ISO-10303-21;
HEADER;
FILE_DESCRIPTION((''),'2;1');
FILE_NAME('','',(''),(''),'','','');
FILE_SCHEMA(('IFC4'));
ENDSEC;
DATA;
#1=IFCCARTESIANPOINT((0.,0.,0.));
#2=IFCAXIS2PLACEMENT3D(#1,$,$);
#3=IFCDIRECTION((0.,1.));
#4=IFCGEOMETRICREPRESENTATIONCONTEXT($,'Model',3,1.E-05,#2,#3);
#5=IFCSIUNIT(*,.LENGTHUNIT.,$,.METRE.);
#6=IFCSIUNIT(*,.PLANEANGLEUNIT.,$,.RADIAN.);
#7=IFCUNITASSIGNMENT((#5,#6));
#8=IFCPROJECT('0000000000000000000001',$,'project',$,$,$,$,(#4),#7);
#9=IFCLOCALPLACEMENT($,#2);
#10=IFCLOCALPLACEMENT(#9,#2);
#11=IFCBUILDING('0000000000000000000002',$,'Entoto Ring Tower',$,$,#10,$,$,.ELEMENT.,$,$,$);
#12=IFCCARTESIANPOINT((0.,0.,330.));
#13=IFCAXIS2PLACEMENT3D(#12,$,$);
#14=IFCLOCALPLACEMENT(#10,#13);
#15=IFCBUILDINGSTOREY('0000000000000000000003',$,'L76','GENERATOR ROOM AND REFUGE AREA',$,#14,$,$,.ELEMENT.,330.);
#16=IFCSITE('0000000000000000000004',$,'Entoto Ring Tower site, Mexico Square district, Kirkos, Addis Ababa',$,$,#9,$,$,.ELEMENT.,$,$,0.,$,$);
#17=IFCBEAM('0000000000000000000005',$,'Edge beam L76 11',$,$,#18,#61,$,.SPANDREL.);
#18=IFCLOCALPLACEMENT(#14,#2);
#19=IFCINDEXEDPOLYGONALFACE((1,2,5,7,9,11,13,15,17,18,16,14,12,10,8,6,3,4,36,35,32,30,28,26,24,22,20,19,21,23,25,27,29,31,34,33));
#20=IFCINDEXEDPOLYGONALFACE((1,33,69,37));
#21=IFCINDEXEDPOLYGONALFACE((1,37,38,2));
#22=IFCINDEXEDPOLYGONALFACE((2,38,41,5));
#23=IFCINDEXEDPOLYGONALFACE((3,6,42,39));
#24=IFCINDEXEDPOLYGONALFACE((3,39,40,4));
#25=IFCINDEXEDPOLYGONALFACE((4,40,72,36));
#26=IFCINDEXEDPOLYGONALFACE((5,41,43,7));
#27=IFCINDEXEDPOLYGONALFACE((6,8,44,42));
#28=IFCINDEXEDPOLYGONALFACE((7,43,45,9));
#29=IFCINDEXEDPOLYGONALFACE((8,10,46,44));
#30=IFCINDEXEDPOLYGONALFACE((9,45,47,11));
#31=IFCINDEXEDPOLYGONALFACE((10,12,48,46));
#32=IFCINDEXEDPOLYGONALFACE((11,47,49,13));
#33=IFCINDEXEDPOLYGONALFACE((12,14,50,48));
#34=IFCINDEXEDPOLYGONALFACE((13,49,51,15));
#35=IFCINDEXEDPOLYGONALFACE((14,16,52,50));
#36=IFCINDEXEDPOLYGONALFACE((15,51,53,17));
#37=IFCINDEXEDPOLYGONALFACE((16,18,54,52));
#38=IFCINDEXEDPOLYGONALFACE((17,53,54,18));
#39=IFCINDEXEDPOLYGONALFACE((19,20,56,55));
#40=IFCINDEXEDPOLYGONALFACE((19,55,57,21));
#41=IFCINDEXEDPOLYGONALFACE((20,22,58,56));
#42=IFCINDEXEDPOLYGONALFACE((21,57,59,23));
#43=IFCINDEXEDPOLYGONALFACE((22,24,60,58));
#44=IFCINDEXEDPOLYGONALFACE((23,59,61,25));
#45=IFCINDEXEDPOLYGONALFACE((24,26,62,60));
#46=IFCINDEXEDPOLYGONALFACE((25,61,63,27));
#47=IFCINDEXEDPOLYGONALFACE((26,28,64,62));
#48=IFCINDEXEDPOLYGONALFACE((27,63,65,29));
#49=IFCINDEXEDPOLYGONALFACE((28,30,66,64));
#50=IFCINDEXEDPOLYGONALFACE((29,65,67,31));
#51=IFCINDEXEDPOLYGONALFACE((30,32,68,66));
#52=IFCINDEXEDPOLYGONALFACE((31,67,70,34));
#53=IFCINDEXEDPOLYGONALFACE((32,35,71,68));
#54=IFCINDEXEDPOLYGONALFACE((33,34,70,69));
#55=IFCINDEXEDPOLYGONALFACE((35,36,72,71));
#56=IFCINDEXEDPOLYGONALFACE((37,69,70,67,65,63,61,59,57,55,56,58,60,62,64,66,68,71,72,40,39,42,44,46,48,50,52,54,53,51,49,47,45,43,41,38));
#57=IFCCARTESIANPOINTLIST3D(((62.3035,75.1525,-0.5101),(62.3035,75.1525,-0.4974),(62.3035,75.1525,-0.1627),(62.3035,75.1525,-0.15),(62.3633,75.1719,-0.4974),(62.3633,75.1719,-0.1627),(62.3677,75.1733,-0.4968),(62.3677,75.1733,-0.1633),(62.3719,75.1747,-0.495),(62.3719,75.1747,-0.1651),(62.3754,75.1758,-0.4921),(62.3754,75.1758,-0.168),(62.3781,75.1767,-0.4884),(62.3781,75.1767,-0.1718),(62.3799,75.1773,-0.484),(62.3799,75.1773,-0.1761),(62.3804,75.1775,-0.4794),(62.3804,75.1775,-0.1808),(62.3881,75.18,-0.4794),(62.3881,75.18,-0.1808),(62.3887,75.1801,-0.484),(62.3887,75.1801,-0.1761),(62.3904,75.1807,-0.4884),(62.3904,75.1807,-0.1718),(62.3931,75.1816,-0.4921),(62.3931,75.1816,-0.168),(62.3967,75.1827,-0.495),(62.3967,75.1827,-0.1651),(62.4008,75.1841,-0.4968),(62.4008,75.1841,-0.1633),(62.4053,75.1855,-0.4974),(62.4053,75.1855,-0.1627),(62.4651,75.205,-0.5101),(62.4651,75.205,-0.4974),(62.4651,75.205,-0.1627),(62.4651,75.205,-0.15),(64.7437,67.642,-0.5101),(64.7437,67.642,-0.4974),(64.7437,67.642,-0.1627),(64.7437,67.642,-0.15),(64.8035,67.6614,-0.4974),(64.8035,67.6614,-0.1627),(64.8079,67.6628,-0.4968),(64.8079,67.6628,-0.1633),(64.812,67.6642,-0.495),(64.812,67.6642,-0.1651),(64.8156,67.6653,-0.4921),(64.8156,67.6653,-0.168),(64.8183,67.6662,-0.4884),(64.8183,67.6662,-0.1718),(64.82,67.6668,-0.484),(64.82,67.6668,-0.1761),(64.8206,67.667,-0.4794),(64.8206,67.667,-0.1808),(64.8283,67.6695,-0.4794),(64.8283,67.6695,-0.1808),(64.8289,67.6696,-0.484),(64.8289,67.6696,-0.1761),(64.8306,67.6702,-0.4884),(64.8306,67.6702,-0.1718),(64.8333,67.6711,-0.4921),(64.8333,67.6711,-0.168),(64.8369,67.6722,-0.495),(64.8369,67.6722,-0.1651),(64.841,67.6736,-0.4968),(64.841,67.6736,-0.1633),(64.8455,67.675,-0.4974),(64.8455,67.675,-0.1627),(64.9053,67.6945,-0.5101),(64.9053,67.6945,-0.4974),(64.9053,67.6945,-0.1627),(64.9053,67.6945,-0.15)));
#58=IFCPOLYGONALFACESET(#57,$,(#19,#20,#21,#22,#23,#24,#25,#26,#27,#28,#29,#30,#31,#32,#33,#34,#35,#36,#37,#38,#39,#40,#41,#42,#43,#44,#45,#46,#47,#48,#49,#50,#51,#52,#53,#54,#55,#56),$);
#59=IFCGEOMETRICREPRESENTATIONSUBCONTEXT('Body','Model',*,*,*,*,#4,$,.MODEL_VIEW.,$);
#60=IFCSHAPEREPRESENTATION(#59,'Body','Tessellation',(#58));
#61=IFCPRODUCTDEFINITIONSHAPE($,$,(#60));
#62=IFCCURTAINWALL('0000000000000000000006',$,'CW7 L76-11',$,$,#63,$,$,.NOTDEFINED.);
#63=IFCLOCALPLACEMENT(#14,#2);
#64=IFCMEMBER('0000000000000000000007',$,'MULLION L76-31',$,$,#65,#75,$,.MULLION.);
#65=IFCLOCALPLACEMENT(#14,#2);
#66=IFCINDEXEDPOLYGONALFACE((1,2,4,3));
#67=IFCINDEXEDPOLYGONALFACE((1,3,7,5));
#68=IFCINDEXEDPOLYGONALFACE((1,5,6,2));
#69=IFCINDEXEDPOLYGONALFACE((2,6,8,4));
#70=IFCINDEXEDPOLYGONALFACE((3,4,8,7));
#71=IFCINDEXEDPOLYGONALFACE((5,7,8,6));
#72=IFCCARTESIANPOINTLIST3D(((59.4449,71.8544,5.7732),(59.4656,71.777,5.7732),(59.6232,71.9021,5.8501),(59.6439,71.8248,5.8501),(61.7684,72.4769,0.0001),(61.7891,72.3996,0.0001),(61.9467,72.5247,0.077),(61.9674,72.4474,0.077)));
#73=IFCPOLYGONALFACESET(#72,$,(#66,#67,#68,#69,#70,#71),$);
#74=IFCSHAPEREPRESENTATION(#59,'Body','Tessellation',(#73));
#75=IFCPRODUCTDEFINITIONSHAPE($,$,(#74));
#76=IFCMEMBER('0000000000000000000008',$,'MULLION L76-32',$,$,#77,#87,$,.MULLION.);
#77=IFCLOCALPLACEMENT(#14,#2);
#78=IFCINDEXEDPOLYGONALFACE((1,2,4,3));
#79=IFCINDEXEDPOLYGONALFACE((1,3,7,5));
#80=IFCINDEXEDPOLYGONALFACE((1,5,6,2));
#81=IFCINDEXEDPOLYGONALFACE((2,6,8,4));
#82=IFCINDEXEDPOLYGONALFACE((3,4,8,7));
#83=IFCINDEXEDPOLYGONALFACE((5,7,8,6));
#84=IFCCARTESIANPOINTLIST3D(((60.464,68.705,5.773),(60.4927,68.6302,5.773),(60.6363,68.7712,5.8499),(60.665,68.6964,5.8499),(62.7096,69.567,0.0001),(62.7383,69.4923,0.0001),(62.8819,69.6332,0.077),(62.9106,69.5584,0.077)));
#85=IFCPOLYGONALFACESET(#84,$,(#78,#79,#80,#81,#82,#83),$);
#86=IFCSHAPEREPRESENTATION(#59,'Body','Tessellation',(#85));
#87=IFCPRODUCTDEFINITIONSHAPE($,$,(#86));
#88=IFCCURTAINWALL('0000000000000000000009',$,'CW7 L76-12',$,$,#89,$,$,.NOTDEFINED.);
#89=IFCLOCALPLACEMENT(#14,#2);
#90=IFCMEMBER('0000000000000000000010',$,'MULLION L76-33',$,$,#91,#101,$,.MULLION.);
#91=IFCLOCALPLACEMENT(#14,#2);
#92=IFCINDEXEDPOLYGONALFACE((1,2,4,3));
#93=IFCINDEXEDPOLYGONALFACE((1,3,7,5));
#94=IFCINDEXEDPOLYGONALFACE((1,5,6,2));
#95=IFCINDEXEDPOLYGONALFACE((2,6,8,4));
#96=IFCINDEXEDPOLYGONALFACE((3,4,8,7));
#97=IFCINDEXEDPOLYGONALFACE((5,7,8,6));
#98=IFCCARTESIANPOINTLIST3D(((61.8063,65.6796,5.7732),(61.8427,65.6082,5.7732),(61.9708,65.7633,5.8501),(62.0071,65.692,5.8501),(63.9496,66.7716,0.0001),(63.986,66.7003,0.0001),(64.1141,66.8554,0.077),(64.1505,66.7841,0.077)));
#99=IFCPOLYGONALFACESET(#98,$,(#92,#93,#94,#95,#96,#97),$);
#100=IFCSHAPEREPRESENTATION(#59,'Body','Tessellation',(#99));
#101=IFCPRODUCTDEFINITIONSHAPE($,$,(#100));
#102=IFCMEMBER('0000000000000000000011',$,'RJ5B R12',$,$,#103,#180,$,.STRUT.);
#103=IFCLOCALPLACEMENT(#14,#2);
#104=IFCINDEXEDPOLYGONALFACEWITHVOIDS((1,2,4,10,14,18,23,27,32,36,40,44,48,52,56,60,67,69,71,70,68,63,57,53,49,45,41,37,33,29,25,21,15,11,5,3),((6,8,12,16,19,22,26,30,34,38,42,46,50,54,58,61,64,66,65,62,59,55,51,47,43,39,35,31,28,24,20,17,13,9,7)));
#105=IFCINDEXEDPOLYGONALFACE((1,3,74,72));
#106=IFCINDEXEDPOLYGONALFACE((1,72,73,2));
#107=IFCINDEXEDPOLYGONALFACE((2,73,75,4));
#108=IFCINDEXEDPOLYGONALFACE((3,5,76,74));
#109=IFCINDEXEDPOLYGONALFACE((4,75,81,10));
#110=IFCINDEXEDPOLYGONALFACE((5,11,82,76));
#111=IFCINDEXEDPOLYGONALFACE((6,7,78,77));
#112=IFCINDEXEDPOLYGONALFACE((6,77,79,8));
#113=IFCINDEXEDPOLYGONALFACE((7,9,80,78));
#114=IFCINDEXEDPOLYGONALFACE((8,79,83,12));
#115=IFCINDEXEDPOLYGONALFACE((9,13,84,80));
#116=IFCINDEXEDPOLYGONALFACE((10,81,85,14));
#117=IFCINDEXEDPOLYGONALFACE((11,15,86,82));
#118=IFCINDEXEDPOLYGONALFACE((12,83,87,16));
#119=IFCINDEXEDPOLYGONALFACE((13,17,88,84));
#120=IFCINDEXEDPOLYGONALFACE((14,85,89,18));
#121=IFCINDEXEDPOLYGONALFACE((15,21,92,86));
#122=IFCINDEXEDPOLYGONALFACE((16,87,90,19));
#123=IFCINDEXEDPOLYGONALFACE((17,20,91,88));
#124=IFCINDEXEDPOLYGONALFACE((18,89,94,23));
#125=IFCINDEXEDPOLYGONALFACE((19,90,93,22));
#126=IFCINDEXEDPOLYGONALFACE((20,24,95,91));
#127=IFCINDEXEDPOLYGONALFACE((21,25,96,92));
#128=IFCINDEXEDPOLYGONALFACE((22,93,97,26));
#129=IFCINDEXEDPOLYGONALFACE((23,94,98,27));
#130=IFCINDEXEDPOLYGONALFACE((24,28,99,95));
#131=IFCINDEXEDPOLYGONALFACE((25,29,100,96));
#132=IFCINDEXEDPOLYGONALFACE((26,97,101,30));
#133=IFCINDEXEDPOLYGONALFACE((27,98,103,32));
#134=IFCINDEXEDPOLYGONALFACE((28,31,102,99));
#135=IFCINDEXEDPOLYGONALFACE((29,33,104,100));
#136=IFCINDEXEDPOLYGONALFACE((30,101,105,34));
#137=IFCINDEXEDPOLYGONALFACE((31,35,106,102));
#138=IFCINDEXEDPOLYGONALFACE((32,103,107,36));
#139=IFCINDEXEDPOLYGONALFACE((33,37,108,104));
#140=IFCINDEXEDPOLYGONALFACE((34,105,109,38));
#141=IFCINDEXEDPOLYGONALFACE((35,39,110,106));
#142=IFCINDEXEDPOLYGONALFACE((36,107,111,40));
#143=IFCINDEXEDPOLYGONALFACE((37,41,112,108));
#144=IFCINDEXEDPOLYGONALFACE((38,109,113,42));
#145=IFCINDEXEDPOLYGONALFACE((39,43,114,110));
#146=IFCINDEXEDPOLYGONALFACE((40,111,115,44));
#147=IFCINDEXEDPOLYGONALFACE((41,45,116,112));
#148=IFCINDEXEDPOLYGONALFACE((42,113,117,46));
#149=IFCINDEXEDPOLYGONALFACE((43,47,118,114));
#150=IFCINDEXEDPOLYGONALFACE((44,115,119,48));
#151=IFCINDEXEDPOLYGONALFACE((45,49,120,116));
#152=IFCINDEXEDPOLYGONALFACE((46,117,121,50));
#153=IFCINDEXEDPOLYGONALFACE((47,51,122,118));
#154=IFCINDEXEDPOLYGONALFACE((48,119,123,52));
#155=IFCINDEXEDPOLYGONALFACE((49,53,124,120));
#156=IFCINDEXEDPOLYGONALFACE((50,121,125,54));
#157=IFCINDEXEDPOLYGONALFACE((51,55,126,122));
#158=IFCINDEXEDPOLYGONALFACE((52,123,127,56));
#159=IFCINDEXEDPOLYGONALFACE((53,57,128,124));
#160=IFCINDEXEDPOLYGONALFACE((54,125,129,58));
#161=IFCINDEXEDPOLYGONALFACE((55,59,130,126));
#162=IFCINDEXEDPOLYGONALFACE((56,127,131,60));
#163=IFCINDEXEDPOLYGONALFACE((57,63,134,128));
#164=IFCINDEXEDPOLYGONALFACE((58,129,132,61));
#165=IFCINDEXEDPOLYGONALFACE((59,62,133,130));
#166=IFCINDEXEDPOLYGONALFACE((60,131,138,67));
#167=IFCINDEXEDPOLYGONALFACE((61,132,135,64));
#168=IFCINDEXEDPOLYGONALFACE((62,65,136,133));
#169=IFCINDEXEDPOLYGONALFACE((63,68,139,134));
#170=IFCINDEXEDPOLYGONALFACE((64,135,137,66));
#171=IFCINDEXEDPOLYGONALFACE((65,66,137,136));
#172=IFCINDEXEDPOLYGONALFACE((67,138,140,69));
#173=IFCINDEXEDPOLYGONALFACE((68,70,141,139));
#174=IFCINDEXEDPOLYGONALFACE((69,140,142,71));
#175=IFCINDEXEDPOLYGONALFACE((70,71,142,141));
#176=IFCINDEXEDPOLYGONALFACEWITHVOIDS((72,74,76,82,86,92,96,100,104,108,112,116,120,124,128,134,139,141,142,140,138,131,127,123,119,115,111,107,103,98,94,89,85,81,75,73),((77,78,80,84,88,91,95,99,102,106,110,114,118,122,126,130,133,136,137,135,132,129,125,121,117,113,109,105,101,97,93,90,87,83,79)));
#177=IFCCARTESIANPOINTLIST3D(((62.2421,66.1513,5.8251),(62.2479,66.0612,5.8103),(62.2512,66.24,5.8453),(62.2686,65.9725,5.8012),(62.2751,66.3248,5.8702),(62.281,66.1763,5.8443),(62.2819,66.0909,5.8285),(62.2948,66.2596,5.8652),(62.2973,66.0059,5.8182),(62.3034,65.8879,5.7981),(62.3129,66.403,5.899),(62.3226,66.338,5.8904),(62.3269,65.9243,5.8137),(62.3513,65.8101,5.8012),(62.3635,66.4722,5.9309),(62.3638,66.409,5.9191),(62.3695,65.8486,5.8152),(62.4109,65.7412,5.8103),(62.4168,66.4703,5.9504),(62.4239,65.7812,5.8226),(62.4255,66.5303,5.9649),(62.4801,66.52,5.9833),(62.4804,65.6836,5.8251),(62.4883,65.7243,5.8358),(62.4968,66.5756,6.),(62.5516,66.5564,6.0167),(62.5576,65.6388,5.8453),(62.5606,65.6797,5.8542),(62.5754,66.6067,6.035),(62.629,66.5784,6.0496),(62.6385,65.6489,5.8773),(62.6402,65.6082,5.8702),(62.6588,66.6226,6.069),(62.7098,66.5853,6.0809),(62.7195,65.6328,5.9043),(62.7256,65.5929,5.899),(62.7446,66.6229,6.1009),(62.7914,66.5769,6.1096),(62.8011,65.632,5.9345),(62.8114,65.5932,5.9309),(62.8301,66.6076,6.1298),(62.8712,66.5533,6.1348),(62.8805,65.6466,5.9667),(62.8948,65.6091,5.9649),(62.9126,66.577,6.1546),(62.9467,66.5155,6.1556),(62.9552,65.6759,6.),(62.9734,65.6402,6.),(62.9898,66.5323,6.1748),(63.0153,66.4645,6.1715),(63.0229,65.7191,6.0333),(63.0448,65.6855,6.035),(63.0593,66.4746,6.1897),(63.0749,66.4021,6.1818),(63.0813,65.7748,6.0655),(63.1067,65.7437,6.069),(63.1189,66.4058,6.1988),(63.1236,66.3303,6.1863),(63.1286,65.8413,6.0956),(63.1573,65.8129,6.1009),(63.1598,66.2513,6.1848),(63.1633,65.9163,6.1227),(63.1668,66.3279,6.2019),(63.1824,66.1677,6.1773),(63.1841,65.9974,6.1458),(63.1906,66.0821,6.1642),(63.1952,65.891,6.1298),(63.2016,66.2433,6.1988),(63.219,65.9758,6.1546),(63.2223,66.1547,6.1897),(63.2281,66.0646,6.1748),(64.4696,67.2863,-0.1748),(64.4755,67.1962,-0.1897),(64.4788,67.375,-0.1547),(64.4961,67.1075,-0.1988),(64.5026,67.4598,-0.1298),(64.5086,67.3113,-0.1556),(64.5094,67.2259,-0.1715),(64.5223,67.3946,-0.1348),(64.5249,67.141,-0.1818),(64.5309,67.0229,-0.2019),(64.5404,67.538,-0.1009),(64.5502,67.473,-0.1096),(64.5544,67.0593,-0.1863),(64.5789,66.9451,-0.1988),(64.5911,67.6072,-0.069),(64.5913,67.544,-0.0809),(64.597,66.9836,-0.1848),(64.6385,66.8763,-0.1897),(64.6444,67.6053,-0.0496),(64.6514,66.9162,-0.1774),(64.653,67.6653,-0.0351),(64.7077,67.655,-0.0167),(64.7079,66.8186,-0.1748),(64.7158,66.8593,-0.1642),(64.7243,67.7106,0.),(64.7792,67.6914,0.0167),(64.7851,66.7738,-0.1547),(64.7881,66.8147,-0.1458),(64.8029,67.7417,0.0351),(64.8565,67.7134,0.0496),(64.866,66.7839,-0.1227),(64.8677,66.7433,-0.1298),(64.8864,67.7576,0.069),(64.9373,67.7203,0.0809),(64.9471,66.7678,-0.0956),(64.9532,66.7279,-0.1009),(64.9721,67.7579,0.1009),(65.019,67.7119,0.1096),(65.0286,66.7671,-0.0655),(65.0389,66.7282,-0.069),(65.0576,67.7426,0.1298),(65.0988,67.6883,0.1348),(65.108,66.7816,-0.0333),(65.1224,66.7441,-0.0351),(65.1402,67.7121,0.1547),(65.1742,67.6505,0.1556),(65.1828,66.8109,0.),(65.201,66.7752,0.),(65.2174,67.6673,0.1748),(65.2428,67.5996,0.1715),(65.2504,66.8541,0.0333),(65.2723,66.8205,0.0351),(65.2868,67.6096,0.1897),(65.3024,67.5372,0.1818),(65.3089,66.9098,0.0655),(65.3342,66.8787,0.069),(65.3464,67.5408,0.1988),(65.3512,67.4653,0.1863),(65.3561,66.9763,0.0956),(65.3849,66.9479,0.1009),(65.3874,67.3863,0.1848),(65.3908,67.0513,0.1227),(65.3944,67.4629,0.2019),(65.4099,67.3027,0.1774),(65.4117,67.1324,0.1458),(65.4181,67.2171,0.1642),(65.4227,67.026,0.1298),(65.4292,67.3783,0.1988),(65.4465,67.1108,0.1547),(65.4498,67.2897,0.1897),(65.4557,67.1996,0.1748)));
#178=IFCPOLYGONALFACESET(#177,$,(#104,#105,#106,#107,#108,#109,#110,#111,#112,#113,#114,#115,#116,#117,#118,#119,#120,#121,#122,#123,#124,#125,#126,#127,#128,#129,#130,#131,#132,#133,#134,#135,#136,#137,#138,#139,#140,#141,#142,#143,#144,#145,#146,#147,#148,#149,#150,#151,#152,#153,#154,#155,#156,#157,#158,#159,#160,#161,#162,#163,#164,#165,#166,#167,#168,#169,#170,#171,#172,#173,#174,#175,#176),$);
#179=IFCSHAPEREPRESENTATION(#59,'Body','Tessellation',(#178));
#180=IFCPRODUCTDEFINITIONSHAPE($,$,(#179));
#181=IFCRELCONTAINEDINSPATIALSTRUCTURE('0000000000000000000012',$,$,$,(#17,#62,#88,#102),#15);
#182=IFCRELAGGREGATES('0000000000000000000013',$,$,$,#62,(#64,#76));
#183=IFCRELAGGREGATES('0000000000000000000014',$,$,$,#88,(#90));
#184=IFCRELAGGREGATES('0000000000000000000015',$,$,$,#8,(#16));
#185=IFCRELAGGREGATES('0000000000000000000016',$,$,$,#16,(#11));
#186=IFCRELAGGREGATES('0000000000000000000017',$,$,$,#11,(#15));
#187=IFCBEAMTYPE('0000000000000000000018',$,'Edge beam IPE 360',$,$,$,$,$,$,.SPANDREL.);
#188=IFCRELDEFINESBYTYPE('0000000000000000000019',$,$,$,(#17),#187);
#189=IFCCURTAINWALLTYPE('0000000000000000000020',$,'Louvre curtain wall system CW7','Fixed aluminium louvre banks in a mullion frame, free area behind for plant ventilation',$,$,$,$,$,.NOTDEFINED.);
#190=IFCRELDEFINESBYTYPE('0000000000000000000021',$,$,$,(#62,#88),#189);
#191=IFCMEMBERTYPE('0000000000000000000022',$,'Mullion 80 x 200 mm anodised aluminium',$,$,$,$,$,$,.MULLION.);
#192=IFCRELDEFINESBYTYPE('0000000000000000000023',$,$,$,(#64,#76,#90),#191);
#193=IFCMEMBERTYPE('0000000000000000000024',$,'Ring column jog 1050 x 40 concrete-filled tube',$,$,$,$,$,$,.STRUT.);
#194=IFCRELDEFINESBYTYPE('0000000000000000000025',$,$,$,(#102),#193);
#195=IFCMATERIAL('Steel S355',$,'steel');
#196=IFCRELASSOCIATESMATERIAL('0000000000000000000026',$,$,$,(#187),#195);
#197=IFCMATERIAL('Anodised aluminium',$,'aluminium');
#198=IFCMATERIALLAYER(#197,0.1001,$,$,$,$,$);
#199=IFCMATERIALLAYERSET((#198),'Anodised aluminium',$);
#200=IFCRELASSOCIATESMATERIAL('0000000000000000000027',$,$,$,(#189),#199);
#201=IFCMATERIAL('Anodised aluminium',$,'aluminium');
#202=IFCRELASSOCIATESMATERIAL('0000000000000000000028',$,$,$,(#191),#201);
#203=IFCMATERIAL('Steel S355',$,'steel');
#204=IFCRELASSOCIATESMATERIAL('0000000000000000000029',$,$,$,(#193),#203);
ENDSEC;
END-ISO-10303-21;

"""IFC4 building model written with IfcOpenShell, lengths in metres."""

from ifc_helpers import new_model, si_unit, direction, frame, origin, origin_2d, place, context, subcontext, project, spatial, rectangle, circle, hollow_circle, i_section, extrude, material, layer, layer_set, material_profile, profile_set, type_object, element, aggregate, save


model = new_model("IFC4")

# Units and contexts
model_context = context("Model", 3, precision=1e-05, world=origin(), true_north=direction((0.0, 1.0)))
body_context = subcontext(model_context, "Body", "Model", "MODEL_VIEW")
ifc_project = project(units=[si_unit("LENGTHUNIT", "METRE"), si_unit("PLANEANGLEUNIT", "RADIAN")], contexts=[model_context])

# Site, building, storey
site_placement = place(None, origin())
site = spatial("IfcSite", under=ifc_project, at=site_placement, Name="Entoto Ring Tower site, Mexico Square district, Kirkos, Addis Ababa", CompositionType="ELEMENT", RefElevation=0.0)
building_placement = place(site_placement, origin())
building = spatial("IfcBuilding", under=site, at=building_placement, Name="Entoto Ring Tower", CompositionType="ELEMENT")
storey_placement = place(building_placement, frame((0.0, 0.0, 330.0)))
storey = spatial("IfcBuildingStorey", under=building, at=storey_placement, Name="L76", Description="GENERATOR ROOM AND REFUGE AREA", CompositionType="ELEMENT", Elevation=330.0)

# Beam
ifc_material_1 = material(Name="Steel S355", Category="steel")
ifc_material_profile_1 = material_profile(ifc_material_1, i_section(OverallWidth=0.1699, OverallDepth=0.3601, WebThickness=0.0081, FlangeThickness=0.0127, FilletRadius=0.0181, at=origin_2d()), Name="IPE 360")
ifc_profile_set_1 = profile_set([ifc_material_profile_1], Name="Steel S355")
beam_type = type_object("IfcBeamType", Name="Edge beam IPE 360", PredefinedType="SPANDREL", material=ifc_profile_set_1)
beam_placement = place(storey_placement, frame((62.3843, 75.1787, -0.3301), z_axis=(0.309003, -0.951061, 0.0), x_axis=(0.951061, 0.309003, 0.0)))
element("IfcBeam", 1, at=beam_placement, inside=storey, type_object=beam_type, Name="Edge beam L76 11", PredefinedType="SPANDREL", context=body_context, shape_type="SweptSolid", body=[
    extrude(i_section(OverallWidth=0.1699, OverallDepth=0.3601, WebThickness=0.0081, FlangeThickness=0.0127, FilletRadius=0.0181, at=origin_2d()), origin(), (0.0, 0.0, 1.0), 7.897),
])

# Curtain wall, members
ifc_material_2 = material(Name="Anodised aluminium", Category="aluminium")
ifc_layer_1 = layer(ifc_material_2, 0.1001)
ifc_layer_set_1 = layer_set([ifc_layer_1], Name="Anodised aluminium")
curtain_wall_type = type_object("IfcCurtainWallType", Name="Louvre curtain wall system CW7", Description="Fixed aluminium louvre banks in a mullion frame, free area behind for plant ventilation", PredefinedType="NOTDEFINED", material=ifc_layer_set_1)
curtain_wall_1_placement = place(storey_placement, origin())
curtain_wall_1 = element("IfcCurtainWall", 2, at=curtain_wall_1_placement, inside=storey, type_object=curtain_wall_type, Name="CW7 L76-11", PredefinedType="NOTDEFINED")
ifc_material_3 = material(Name="Anodised aluminium", Category="aluminium")
ifc_material_profile_2 = material_profile(ifc_material_3, rectangle(XDim=0.0801, YDim=0.2, at=origin_2d()), Name="Mullion 80 x 200 mm anodised aluminium")
ifc_profile_set_2 = profile_set([ifc_material_profile_2], Name="Anodised aluminium")
member_type_1 = type_object("IfcMemberType", Name="Mullion 80 x 200 mm anodised aluminium", PredefinedType="MULLION", material=ifc_profile_set_2)
member_1_placement = place(storey_placement, frame((61.8679, 72.4622, 0.0386), z_axis=(-0.371517, -0.099545, 0.923074), x_axis=(0.258812, -0.965928, 0.0)))
member_1 = element("IfcMember", 3, at=member_1_placement, type_object=member_type_1, Name="MULLION L76-31", PredefinedType="MULLION", context=body_context, shape_type="SweptSolid", body=[
    extrude(rectangle(XDim=0.0801, YDim=0.2, at=origin_2d()), origin(), (0.0, 0.0, 1.0), 6.2542),
])
member_2_placement = place(storey_placement, frame((62.8101, 69.5627, 0.0386), z_axis=(-0.359066, -0.137841, 0.923077), x_axis=(0.358387, -0.933573, 0.0)))
member_2 = element("IfcMember", 4, at=member_2_placement, type_object=member_type_1, Name="MULLION L76-32", PredefinedType="MULLION", context=body_context, shape_type="SweptSolid", body=[
    extrude(rectangle(XDim=0.0801, YDim=0.2, at=origin_2d()), origin(), (0.0, 0.0, 1.0), 6.2539),
])
aggregate(curtain_wall_1, [member_1, member_2])

# Curtain wall, member
curtain_wall_2_placement = place(storey_placement, origin())
curtain_wall_2 = element("IfcCurtainWall", 5, at=curtain_wall_2_placement, inside=storey, type_object=curtain_wall_type, Name="CW7 L76-12", PredefinedType="NOTDEFINED")
member_3_placement = place(storey_placement, frame((64.05, 66.7778, 0.0386), z_axis=(-0.342707, -0.174613, 0.923072), x_axis=(0.453981, -0.891012, 0.0)))
member_3 = element("IfcMember", 6, at=member_3_placement, type_object=member_type_1, Name="MULLION L76-33", PredefinedType="MULLION", context=body_context, shape_type="SweptSolid", body=[
    extrude(rectangle(XDim=0.0801, YDim=0.2, at=origin_2d()), origin(), (0.0, 0.0, 1.0), 6.2542),
])
aggregate(curtain_wall_2, [member_3])

# Member
ifc_material_4 = material(Name="Steel S355", Category="steel")
ifc_material_profile_3 = material_profile(ifc_material_4, hollow_circle(Radius=0.5249, WallThickness=0.04, at=origin_2d()), Name="CHS 1050 x 40")
ifc_material_5 = material(Name="Concrete C60/75", Category="concrete")
ifc_material_profile_4 = material_profile(ifc_material_5, circle(Radius=0.4851, at=origin_2d()), Name="Concrete C60/75 infill")
ifc_profile_set_3 = profile_set([ifc_material_profile_3, ifc_material_profile_4], Name="Steel S355")
member_type_2 = type_object("IfcMemberType", Name="Ring column jog 1050 x 40 concrete-filled tube", PredefinedType="STRUT", material=ifc_profile_set_3)
member_4_placement = place(storey_placement, frame((64.9626, 67.2429, 0.0), z_axis=(-0.342698, -0.174617, 0.923075), x_axis=(0.453997, -0.891003, 0.0)))
element("IfcMember", 7, at=member_4_placement, inside=storey, type_object=member_type_2, Name="RJ5B R12", PredefinedType="STRUT", context=body_context, shape_type="SweptSolid", body=[
    extrude(hollow_circle(Radius=0.5249, WallThickness=0.04, at=origin_2d()), origin(), (0.0, 0.0, 1.0), 6.5),
])

save(model, "model.ifc")
